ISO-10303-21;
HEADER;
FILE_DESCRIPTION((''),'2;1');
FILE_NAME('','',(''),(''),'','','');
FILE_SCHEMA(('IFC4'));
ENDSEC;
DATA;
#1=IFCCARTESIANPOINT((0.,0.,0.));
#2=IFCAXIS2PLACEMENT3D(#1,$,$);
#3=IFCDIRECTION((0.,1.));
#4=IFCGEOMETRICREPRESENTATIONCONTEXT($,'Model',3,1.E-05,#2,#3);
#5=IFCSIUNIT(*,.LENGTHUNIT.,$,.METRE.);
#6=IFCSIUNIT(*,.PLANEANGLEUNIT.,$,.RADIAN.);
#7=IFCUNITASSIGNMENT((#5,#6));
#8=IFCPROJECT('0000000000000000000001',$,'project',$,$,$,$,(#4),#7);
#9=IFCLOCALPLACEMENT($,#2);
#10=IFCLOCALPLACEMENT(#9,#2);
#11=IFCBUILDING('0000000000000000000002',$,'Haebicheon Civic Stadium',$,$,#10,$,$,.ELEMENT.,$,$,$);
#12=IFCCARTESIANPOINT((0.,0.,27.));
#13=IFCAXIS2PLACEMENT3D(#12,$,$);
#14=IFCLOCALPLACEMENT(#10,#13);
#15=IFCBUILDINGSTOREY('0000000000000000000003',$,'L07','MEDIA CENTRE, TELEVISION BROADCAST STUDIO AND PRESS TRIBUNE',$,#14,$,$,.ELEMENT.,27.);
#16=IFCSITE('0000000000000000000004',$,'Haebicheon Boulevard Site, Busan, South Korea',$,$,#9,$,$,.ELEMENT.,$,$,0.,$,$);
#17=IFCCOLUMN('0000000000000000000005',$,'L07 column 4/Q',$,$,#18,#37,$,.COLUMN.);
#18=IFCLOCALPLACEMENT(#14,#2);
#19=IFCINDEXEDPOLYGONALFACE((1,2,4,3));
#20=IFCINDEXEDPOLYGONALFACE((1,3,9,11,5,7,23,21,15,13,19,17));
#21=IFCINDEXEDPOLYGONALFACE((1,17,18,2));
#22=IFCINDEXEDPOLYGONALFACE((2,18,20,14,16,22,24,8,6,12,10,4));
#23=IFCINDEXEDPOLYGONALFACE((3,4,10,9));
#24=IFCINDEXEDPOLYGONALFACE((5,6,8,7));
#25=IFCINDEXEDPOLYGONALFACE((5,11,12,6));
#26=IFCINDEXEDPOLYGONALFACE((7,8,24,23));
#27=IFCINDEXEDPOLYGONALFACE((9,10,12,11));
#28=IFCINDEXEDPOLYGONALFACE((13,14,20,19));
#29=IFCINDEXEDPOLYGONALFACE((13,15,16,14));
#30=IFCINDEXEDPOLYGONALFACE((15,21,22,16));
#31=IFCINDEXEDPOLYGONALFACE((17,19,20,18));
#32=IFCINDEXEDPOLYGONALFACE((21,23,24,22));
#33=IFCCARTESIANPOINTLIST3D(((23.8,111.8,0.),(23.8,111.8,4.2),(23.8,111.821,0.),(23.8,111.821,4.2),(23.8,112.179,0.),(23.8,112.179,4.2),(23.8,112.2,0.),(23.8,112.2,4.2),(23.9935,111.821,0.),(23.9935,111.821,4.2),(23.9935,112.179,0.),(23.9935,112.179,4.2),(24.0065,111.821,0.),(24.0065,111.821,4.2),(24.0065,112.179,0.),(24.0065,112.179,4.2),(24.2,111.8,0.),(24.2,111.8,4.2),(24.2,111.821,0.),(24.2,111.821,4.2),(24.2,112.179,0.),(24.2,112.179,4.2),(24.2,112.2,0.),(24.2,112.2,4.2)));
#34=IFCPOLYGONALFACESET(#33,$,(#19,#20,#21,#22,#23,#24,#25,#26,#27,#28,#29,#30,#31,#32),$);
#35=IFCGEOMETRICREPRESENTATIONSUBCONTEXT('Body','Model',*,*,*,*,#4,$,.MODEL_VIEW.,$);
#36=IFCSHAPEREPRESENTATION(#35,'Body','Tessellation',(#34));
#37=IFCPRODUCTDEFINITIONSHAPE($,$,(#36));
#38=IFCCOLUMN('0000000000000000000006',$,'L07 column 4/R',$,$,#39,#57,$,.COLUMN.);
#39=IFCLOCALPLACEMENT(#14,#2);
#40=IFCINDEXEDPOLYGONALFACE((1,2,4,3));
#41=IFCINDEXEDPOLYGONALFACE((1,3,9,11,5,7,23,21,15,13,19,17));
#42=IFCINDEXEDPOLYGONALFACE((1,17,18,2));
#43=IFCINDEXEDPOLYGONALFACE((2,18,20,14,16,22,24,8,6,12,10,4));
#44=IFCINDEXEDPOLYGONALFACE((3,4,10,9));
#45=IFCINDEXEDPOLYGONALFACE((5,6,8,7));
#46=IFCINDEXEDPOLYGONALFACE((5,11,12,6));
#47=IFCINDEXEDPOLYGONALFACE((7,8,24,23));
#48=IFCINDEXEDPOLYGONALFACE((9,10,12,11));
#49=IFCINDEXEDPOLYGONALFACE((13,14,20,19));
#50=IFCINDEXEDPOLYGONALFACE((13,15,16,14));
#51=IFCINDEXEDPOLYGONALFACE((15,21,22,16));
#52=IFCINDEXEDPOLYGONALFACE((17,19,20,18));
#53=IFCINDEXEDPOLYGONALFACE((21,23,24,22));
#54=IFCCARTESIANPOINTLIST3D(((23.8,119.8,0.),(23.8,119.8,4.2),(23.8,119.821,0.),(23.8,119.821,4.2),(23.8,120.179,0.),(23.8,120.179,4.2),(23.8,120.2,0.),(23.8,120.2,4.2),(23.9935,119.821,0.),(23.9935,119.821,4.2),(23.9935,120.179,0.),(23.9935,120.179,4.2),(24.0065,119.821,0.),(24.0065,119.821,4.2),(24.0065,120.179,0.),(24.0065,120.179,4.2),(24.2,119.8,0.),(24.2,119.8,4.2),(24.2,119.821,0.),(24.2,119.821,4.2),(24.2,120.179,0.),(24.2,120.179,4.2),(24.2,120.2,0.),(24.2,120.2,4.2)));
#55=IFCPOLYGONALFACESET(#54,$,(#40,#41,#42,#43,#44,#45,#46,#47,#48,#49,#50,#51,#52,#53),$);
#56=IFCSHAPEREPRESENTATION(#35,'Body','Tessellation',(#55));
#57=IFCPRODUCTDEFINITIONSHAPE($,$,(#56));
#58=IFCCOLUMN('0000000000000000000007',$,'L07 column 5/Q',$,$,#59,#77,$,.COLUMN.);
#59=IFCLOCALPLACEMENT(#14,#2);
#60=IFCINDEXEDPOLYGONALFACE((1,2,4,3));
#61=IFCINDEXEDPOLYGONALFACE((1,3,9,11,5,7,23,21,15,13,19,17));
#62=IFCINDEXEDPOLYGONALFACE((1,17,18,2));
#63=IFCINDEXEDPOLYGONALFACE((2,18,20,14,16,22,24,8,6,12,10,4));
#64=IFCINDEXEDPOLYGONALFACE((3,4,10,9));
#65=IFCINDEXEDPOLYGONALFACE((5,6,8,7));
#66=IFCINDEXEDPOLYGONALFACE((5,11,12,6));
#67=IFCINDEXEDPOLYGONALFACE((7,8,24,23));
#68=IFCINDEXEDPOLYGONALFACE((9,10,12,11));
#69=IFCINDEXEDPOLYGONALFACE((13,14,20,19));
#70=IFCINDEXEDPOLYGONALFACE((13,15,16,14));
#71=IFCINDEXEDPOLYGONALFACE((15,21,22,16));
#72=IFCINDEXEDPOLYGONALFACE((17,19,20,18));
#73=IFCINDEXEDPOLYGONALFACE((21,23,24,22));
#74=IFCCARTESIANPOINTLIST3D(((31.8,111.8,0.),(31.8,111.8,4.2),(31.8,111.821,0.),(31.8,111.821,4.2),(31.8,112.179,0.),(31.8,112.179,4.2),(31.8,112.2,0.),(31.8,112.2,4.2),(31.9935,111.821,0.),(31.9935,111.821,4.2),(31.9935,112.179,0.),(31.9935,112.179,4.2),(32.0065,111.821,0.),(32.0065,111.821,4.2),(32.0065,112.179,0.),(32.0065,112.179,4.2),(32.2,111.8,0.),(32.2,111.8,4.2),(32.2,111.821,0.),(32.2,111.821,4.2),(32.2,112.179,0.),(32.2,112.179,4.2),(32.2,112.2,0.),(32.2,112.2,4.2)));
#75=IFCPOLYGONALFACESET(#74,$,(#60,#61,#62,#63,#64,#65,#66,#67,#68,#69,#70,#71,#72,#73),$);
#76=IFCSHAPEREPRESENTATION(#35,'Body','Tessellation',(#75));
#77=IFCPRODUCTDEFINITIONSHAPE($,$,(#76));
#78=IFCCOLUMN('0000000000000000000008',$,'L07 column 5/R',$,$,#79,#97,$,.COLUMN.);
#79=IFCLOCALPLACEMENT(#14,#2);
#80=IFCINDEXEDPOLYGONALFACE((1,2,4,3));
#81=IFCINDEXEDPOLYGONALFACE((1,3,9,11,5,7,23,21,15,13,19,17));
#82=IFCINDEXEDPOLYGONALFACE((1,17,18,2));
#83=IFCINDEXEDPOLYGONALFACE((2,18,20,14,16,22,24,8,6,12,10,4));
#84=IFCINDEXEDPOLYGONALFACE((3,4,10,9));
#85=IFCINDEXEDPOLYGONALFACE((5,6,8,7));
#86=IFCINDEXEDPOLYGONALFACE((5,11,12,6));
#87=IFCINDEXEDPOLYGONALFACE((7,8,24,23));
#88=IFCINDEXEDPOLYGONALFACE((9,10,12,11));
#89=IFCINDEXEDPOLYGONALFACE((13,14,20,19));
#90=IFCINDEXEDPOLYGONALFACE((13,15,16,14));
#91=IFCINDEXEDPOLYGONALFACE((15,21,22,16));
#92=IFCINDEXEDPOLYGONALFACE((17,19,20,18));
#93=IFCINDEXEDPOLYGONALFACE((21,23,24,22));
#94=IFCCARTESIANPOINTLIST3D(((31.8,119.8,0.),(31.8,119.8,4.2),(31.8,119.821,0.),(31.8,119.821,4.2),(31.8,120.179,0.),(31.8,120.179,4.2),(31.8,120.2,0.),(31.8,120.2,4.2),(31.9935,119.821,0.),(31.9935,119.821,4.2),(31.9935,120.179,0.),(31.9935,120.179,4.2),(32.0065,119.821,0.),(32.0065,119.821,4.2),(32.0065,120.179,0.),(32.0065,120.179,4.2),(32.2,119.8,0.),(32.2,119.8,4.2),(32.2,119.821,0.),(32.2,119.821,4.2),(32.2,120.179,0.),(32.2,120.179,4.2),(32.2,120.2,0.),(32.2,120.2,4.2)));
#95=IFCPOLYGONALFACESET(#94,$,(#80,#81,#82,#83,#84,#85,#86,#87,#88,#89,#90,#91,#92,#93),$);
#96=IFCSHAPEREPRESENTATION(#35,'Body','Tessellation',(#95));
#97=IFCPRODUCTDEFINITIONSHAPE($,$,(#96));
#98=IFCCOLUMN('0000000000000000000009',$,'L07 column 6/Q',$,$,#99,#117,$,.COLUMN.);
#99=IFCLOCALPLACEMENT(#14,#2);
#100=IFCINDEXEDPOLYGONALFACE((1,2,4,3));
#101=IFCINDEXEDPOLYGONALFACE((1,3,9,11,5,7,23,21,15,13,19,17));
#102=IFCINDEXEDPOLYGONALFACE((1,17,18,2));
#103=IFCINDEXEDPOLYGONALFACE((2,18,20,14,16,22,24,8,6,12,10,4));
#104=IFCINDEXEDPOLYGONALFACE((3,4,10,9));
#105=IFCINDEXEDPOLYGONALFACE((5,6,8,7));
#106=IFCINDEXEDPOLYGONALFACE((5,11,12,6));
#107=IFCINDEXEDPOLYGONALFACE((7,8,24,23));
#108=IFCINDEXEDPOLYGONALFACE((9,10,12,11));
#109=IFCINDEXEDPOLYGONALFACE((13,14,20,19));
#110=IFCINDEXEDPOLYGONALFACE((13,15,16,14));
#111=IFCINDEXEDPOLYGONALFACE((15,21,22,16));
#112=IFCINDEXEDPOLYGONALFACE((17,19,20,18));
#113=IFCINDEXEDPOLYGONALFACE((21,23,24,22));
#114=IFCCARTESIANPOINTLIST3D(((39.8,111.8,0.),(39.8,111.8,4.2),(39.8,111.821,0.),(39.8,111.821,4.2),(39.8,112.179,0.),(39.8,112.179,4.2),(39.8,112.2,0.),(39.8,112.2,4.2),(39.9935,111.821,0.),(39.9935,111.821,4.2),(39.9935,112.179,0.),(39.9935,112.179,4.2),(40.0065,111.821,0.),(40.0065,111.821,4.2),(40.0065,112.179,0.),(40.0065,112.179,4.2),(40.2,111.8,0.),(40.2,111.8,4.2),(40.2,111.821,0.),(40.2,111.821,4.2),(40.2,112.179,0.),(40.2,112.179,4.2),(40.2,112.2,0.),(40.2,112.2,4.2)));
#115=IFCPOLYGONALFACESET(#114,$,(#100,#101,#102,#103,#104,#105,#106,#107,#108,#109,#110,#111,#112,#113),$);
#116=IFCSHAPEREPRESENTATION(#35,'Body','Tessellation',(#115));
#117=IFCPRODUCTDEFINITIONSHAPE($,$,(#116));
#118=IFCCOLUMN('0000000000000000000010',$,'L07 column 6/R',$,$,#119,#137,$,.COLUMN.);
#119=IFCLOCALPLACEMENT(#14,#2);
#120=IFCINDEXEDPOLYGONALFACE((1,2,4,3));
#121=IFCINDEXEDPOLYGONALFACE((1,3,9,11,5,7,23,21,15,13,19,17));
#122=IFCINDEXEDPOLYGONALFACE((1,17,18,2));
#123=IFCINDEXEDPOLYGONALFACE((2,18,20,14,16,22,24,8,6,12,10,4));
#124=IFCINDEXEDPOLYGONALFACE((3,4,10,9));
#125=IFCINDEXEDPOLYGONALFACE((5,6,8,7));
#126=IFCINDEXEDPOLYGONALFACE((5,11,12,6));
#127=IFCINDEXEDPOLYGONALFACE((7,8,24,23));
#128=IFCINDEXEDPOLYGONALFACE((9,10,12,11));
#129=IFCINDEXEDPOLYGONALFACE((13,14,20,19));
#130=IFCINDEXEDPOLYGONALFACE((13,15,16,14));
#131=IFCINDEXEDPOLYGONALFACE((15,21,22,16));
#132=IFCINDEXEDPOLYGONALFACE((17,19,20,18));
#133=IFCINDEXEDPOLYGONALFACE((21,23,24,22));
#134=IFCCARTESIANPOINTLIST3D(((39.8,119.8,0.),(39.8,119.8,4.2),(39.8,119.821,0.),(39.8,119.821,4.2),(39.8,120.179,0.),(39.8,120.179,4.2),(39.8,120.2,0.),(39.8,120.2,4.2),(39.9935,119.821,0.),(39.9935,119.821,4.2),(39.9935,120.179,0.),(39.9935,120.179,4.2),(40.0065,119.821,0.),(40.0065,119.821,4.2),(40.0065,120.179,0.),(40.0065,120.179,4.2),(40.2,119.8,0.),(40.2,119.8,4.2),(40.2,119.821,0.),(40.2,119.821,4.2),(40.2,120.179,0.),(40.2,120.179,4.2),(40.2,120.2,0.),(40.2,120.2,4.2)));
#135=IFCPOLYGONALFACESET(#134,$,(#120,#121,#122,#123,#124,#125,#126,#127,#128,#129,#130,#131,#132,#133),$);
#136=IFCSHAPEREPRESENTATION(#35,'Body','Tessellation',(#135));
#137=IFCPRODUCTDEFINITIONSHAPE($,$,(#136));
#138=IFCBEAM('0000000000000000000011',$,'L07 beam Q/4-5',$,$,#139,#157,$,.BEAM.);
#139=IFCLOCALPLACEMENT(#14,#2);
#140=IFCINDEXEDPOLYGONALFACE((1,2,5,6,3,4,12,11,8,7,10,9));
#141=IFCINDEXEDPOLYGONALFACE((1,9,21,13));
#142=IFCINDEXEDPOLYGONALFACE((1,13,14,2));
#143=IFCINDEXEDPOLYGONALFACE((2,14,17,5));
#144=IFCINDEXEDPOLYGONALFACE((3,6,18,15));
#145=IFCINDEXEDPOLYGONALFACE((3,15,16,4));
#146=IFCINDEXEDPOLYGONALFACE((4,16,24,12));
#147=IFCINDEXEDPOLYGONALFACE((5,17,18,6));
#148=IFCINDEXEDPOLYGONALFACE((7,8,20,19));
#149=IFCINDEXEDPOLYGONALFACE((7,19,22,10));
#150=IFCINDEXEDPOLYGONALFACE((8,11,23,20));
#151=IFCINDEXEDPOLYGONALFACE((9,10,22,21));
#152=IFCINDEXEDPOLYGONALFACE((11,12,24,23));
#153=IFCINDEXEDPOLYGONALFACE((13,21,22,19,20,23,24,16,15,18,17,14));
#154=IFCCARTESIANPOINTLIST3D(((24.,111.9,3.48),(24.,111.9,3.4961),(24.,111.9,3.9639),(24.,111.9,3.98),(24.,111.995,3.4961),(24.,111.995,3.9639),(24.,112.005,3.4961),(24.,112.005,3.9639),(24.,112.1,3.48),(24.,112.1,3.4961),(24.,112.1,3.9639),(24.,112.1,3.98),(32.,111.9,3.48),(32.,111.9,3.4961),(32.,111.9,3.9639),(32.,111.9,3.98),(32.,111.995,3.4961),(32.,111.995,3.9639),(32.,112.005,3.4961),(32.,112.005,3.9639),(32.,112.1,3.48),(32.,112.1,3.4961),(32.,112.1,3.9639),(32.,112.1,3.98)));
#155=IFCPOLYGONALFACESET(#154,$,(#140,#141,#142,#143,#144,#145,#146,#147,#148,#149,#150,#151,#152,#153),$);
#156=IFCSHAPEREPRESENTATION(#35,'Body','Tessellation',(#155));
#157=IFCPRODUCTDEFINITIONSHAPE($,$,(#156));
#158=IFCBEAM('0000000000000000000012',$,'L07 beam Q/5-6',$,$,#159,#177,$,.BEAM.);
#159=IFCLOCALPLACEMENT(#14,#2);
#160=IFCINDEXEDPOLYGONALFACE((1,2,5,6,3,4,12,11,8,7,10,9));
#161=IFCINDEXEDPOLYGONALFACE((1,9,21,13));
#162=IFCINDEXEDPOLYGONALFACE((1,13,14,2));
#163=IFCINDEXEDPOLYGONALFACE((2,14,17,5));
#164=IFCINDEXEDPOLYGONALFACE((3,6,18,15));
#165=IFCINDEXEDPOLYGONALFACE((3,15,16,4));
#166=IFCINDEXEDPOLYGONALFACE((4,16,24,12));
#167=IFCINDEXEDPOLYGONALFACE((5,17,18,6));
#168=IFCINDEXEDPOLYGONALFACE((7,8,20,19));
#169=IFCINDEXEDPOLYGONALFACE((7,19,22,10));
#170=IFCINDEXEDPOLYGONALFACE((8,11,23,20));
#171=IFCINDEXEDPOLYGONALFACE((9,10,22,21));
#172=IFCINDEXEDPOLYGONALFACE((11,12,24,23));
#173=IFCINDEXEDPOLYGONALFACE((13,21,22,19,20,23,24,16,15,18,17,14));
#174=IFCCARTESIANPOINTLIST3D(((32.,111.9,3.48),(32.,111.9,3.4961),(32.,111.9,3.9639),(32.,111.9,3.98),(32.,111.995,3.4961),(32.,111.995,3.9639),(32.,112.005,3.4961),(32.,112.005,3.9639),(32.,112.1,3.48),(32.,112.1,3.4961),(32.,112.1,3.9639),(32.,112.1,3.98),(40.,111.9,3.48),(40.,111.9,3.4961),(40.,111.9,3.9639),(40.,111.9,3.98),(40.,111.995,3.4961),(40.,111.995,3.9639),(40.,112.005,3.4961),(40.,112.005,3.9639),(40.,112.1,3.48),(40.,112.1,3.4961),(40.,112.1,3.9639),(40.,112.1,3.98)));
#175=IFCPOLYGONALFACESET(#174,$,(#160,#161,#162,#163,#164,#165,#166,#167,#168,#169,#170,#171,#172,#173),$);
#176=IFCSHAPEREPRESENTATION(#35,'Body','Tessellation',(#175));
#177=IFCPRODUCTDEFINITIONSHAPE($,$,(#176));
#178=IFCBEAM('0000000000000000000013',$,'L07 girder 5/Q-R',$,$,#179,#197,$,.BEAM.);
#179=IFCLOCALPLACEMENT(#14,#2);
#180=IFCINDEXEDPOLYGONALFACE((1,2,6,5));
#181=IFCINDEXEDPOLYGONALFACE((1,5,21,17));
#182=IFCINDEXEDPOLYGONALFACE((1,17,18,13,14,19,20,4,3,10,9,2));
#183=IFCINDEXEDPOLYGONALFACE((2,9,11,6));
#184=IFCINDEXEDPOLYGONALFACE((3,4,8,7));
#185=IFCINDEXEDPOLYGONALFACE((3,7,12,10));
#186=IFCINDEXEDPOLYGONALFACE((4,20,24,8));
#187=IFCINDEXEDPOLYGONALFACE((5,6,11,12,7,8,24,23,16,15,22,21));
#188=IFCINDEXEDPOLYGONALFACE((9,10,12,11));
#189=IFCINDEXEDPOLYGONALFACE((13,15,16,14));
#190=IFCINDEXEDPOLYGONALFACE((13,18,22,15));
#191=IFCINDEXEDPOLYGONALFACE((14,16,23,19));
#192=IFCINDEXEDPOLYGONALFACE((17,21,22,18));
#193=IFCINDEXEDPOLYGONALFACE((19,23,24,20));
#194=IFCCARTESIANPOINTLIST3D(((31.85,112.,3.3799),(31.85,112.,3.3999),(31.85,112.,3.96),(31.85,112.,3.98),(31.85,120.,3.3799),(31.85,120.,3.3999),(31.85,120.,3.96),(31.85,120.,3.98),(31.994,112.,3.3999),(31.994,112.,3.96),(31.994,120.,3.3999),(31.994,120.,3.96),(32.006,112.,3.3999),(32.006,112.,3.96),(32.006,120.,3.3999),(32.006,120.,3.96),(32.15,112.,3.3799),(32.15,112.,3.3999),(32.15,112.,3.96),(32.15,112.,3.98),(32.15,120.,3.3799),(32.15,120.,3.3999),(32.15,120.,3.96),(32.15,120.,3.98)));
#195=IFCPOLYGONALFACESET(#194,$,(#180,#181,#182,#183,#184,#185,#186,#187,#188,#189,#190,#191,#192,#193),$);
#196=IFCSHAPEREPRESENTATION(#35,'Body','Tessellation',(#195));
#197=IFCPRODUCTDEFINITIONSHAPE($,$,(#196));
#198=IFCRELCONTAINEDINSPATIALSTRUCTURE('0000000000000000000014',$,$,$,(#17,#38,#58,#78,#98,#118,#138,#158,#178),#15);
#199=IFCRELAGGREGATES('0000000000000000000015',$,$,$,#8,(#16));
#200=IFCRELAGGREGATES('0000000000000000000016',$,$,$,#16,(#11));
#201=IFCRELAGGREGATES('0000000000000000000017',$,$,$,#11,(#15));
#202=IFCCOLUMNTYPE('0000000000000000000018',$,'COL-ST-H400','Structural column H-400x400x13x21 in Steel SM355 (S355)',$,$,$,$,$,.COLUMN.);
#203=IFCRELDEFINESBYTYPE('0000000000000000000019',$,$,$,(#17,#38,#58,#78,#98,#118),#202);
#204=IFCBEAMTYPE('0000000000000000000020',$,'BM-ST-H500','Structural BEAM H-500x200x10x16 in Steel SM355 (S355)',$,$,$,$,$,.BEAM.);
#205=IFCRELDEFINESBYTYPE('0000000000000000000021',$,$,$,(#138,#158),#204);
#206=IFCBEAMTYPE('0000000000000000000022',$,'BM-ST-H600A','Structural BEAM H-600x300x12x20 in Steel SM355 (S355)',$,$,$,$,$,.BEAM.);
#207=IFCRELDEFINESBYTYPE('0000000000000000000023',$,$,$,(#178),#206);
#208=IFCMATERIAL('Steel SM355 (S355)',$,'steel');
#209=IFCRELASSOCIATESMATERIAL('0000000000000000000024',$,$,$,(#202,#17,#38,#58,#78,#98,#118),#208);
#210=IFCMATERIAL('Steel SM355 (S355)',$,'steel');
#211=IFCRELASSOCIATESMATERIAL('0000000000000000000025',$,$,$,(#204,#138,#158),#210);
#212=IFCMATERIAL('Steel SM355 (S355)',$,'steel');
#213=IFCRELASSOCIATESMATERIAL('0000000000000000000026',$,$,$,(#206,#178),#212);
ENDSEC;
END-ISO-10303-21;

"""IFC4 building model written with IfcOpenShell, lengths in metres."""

from ifc_helpers import new_model, si_unit, direction, frame, origin, origin_2d, place, context, subcontext, project, spatial, i_section, extrude, material, material_profile, profile_set, type_object, element, save


model = new_model("IFC4")

# Units and contexts
model_context = context("Model", 3, precision=1e-05, world=origin(), true_north=direction((0.0, 1.0)))
body_context = subcontext(model_context, "Body", "Model", "MODEL_VIEW")
ifc_project = project(units=[si_unit("LENGTHUNIT", "METRE"), si_unit("PLANEANGLEUNIT", "RADIAN")], contexts=[model_context])

# Site, building, storey
site_placement = place(None, origin())
site = spatial("IfcSite", under=ifc_project, at=site_placement, Name="Haebicheon Boulevard Site, Busan, South Korea", CompositionType="ELEMENT", RefElevation=0.0)
building_placement = place(site_placement, origin())
building = spatial("IfcBuilding", under=site, at=building_placement, Name="Haebicheon Civic Stadium", CompositionType="ELEMENT")
storey_placement = place(building_placement, frame((0.0, 0.0, 27.0)))
storey = spatial("IfcBuildingStorey", under=building, at=storey_placement, Name="L07", Description="MEDIA CENTRE, TELEVISION BROADCAST STUDIO AND PRESS TRIBUNE", CompositionType="ELEMENT", Elevation=27.0)

# Columns
ifc_material_1 = material(Name="Steel SM355 (S355)", Category="steel")
ifc_material_profile_1 = material_profile(ifc_material_1, i_section(OverallWidth=0.3999, OverallDepth=0.3999, WebThickness=0.0129, FlangeThickness=0.021, at=origin_2d()), Name="H-400x400x13x21")
ifc_profile_set_1 = profile_set([ifc_material_profile_1], Name="Steel SM355 (S355)")
column_type = type_object("IfcColumnType", Name="COL-ST-H400", Description="Structural column H-400x400x13x21 in Steel SM355 (S355)", PredefinedType="COLUMN", material=ifc_profile_set_1)
for number, where, z_axis, x_axis, name in (
    (1, (24.0, 112.0, 0.0), (0.0, 0.0, 1.0), (1.0, 0.0, 0.0), "L07 column 4/Q"),
    (2, (24.0, 120.0, 0.0), (0.0, 0.0, 1.0), (1.0, 0.0, 0.0), "L07 column 4/R"),
    (3, (32.0, 112.0, 0.0), (0.0, 0.0, 1.0), (1.0, 0.0, 0.0), "L07 column 5/Q"),
    (4, (32.0, 120.0, 0.0), (0.0, 0.0, 1.0), (1.0, 0.0, 0.0), "L07 column 5/R"),
    (5, (40.0, 112.0, 0.0), (0.0, 0.0, 1.0), (1.0, 0.0, 0.0), "L07 column 6/Q"),
    (6, (40.0, 120.0, 0.0), (0.0, 0.0, 1.0), (1.0, 0.0, 0.0), "L07 column 6/R"),
):
    element("IfcColumn", number, at=place(storey_placement, frame(where, z_axis=z_axis, x_axis=x_axis)), inside=storey, type_object=column_type, material=ifc_profile_set_1, Name=name, PredefinedType="COLUMN", context=body_context, shape_type="SweptSolid", body=[
        extrude(i_section(OverallWidth=0.3999, OverallDepth=0.3999, WebThickness=0.0129, FlangeThickness=0.021, at=origin_2d()), origin(), (0.0, 0.0, 1.0), 4.2),
    ])

# Beams
ifc_material_2 = material(Name="Steel SM355 (S355)", Category="steel")
ifc_material_profile_2 = material_profile(ifc_material_2, i_section(OverallWidth=0.2, OverallDepth=0.5, WebThickness=0.01, FlangeThickness=0.0161, at=origin_2d()), Name="H-500x200x10x16")
ifc_profile_set_2 = profile_set([ifc_material_profile_2], Name="Steel SM355 (S355)")
beam_type_1 = type_object("IfcBeamType", Name="BM-ST-H500", Description="Structural BEAM H-500x200x10x16 in Steel SM355 (S355)", PredefinedType="BEAM", material=ifc_profile_set_2)
for number, where, z_axis, x_axis, name in (
    (7, (24.0, 112.0, 3.73), (1.0, 0.0, 0.0), (0.0, 1.0, 0.0), "L07 beam Q/4-5"),
    (8, (32.0, 112.0, 3.73), (1.0, 0.0, 0.0), (0.0, 1.0, 0.0), "L07 beam Q/5-6"),
):
    element("IfcBeam", number, at=place(storey_placement, frame(where, z_axis=z_axis, x_axis=x_axis)), inside=storey, type_object=beam_type_1, material=ifc_profile_set_2, Name=name, PredefinedType="BEAM", context=body_context, shape_type="SweptSolid", body=[
        extrude(i_section(OverallWidth=0.2, OverallDepth=0.5, WebThickness=0.01, FlangeThickness=0.0161, at=origin_2d()), origin(), (0.0, 0.0, 1.0), 8.0),
    ])
ifc_material_3 = material(Name="Steel SM355 (S355)", Category="steel")
ifc_material_profile_3 = material_profile(ifc_material_3, i_section(OverallWidth=0.3, OverallDepth=0.6001, WebThickness=0.012, FlangeThickness=0.02, at=origin_2d()), Name="H-600x300x12x20")
ifc_profile_set_3 = profile_set([ifc_material_profile_3], Name="Steel SM355 (S355)")
beam_type_2 = type_object("IfcBeamType", Name="BM-ST-H600A", Description="Structural BEAM H-600x300x12x20 in Steel SM355 (S355)", PredefinedType="BEAM", material=ifc_profile_set_3)
for number, where, z_axis, x_axis, name in (
    (9, (32.0, 112.0, 3.6799), (0.0, 1.0, 0.0), (-1.0, 0.0, 0.0), "L07 girder 5/Q-R"),
):
    element("IfcBeam", number, at=place(storey_placement, frame(where, z_axis=z_axis, x_axis=x_axis)), inside=storey, type_object=beam_type_2, material=ifc_profile_set_3, Name=name, PredefinedType="BEAM", context=body_context, shape_type="SweptSolid", body=[
        extrude(i_section(OverallWidth=0.3, OverallDepth=0.6001, WebThickness=0.012, FlangeThickness=0.02, at=origin_2d()), origin(), (0.0, 0.0, 1.0), 8.0),
    ])

save(model, "model.ifc")
